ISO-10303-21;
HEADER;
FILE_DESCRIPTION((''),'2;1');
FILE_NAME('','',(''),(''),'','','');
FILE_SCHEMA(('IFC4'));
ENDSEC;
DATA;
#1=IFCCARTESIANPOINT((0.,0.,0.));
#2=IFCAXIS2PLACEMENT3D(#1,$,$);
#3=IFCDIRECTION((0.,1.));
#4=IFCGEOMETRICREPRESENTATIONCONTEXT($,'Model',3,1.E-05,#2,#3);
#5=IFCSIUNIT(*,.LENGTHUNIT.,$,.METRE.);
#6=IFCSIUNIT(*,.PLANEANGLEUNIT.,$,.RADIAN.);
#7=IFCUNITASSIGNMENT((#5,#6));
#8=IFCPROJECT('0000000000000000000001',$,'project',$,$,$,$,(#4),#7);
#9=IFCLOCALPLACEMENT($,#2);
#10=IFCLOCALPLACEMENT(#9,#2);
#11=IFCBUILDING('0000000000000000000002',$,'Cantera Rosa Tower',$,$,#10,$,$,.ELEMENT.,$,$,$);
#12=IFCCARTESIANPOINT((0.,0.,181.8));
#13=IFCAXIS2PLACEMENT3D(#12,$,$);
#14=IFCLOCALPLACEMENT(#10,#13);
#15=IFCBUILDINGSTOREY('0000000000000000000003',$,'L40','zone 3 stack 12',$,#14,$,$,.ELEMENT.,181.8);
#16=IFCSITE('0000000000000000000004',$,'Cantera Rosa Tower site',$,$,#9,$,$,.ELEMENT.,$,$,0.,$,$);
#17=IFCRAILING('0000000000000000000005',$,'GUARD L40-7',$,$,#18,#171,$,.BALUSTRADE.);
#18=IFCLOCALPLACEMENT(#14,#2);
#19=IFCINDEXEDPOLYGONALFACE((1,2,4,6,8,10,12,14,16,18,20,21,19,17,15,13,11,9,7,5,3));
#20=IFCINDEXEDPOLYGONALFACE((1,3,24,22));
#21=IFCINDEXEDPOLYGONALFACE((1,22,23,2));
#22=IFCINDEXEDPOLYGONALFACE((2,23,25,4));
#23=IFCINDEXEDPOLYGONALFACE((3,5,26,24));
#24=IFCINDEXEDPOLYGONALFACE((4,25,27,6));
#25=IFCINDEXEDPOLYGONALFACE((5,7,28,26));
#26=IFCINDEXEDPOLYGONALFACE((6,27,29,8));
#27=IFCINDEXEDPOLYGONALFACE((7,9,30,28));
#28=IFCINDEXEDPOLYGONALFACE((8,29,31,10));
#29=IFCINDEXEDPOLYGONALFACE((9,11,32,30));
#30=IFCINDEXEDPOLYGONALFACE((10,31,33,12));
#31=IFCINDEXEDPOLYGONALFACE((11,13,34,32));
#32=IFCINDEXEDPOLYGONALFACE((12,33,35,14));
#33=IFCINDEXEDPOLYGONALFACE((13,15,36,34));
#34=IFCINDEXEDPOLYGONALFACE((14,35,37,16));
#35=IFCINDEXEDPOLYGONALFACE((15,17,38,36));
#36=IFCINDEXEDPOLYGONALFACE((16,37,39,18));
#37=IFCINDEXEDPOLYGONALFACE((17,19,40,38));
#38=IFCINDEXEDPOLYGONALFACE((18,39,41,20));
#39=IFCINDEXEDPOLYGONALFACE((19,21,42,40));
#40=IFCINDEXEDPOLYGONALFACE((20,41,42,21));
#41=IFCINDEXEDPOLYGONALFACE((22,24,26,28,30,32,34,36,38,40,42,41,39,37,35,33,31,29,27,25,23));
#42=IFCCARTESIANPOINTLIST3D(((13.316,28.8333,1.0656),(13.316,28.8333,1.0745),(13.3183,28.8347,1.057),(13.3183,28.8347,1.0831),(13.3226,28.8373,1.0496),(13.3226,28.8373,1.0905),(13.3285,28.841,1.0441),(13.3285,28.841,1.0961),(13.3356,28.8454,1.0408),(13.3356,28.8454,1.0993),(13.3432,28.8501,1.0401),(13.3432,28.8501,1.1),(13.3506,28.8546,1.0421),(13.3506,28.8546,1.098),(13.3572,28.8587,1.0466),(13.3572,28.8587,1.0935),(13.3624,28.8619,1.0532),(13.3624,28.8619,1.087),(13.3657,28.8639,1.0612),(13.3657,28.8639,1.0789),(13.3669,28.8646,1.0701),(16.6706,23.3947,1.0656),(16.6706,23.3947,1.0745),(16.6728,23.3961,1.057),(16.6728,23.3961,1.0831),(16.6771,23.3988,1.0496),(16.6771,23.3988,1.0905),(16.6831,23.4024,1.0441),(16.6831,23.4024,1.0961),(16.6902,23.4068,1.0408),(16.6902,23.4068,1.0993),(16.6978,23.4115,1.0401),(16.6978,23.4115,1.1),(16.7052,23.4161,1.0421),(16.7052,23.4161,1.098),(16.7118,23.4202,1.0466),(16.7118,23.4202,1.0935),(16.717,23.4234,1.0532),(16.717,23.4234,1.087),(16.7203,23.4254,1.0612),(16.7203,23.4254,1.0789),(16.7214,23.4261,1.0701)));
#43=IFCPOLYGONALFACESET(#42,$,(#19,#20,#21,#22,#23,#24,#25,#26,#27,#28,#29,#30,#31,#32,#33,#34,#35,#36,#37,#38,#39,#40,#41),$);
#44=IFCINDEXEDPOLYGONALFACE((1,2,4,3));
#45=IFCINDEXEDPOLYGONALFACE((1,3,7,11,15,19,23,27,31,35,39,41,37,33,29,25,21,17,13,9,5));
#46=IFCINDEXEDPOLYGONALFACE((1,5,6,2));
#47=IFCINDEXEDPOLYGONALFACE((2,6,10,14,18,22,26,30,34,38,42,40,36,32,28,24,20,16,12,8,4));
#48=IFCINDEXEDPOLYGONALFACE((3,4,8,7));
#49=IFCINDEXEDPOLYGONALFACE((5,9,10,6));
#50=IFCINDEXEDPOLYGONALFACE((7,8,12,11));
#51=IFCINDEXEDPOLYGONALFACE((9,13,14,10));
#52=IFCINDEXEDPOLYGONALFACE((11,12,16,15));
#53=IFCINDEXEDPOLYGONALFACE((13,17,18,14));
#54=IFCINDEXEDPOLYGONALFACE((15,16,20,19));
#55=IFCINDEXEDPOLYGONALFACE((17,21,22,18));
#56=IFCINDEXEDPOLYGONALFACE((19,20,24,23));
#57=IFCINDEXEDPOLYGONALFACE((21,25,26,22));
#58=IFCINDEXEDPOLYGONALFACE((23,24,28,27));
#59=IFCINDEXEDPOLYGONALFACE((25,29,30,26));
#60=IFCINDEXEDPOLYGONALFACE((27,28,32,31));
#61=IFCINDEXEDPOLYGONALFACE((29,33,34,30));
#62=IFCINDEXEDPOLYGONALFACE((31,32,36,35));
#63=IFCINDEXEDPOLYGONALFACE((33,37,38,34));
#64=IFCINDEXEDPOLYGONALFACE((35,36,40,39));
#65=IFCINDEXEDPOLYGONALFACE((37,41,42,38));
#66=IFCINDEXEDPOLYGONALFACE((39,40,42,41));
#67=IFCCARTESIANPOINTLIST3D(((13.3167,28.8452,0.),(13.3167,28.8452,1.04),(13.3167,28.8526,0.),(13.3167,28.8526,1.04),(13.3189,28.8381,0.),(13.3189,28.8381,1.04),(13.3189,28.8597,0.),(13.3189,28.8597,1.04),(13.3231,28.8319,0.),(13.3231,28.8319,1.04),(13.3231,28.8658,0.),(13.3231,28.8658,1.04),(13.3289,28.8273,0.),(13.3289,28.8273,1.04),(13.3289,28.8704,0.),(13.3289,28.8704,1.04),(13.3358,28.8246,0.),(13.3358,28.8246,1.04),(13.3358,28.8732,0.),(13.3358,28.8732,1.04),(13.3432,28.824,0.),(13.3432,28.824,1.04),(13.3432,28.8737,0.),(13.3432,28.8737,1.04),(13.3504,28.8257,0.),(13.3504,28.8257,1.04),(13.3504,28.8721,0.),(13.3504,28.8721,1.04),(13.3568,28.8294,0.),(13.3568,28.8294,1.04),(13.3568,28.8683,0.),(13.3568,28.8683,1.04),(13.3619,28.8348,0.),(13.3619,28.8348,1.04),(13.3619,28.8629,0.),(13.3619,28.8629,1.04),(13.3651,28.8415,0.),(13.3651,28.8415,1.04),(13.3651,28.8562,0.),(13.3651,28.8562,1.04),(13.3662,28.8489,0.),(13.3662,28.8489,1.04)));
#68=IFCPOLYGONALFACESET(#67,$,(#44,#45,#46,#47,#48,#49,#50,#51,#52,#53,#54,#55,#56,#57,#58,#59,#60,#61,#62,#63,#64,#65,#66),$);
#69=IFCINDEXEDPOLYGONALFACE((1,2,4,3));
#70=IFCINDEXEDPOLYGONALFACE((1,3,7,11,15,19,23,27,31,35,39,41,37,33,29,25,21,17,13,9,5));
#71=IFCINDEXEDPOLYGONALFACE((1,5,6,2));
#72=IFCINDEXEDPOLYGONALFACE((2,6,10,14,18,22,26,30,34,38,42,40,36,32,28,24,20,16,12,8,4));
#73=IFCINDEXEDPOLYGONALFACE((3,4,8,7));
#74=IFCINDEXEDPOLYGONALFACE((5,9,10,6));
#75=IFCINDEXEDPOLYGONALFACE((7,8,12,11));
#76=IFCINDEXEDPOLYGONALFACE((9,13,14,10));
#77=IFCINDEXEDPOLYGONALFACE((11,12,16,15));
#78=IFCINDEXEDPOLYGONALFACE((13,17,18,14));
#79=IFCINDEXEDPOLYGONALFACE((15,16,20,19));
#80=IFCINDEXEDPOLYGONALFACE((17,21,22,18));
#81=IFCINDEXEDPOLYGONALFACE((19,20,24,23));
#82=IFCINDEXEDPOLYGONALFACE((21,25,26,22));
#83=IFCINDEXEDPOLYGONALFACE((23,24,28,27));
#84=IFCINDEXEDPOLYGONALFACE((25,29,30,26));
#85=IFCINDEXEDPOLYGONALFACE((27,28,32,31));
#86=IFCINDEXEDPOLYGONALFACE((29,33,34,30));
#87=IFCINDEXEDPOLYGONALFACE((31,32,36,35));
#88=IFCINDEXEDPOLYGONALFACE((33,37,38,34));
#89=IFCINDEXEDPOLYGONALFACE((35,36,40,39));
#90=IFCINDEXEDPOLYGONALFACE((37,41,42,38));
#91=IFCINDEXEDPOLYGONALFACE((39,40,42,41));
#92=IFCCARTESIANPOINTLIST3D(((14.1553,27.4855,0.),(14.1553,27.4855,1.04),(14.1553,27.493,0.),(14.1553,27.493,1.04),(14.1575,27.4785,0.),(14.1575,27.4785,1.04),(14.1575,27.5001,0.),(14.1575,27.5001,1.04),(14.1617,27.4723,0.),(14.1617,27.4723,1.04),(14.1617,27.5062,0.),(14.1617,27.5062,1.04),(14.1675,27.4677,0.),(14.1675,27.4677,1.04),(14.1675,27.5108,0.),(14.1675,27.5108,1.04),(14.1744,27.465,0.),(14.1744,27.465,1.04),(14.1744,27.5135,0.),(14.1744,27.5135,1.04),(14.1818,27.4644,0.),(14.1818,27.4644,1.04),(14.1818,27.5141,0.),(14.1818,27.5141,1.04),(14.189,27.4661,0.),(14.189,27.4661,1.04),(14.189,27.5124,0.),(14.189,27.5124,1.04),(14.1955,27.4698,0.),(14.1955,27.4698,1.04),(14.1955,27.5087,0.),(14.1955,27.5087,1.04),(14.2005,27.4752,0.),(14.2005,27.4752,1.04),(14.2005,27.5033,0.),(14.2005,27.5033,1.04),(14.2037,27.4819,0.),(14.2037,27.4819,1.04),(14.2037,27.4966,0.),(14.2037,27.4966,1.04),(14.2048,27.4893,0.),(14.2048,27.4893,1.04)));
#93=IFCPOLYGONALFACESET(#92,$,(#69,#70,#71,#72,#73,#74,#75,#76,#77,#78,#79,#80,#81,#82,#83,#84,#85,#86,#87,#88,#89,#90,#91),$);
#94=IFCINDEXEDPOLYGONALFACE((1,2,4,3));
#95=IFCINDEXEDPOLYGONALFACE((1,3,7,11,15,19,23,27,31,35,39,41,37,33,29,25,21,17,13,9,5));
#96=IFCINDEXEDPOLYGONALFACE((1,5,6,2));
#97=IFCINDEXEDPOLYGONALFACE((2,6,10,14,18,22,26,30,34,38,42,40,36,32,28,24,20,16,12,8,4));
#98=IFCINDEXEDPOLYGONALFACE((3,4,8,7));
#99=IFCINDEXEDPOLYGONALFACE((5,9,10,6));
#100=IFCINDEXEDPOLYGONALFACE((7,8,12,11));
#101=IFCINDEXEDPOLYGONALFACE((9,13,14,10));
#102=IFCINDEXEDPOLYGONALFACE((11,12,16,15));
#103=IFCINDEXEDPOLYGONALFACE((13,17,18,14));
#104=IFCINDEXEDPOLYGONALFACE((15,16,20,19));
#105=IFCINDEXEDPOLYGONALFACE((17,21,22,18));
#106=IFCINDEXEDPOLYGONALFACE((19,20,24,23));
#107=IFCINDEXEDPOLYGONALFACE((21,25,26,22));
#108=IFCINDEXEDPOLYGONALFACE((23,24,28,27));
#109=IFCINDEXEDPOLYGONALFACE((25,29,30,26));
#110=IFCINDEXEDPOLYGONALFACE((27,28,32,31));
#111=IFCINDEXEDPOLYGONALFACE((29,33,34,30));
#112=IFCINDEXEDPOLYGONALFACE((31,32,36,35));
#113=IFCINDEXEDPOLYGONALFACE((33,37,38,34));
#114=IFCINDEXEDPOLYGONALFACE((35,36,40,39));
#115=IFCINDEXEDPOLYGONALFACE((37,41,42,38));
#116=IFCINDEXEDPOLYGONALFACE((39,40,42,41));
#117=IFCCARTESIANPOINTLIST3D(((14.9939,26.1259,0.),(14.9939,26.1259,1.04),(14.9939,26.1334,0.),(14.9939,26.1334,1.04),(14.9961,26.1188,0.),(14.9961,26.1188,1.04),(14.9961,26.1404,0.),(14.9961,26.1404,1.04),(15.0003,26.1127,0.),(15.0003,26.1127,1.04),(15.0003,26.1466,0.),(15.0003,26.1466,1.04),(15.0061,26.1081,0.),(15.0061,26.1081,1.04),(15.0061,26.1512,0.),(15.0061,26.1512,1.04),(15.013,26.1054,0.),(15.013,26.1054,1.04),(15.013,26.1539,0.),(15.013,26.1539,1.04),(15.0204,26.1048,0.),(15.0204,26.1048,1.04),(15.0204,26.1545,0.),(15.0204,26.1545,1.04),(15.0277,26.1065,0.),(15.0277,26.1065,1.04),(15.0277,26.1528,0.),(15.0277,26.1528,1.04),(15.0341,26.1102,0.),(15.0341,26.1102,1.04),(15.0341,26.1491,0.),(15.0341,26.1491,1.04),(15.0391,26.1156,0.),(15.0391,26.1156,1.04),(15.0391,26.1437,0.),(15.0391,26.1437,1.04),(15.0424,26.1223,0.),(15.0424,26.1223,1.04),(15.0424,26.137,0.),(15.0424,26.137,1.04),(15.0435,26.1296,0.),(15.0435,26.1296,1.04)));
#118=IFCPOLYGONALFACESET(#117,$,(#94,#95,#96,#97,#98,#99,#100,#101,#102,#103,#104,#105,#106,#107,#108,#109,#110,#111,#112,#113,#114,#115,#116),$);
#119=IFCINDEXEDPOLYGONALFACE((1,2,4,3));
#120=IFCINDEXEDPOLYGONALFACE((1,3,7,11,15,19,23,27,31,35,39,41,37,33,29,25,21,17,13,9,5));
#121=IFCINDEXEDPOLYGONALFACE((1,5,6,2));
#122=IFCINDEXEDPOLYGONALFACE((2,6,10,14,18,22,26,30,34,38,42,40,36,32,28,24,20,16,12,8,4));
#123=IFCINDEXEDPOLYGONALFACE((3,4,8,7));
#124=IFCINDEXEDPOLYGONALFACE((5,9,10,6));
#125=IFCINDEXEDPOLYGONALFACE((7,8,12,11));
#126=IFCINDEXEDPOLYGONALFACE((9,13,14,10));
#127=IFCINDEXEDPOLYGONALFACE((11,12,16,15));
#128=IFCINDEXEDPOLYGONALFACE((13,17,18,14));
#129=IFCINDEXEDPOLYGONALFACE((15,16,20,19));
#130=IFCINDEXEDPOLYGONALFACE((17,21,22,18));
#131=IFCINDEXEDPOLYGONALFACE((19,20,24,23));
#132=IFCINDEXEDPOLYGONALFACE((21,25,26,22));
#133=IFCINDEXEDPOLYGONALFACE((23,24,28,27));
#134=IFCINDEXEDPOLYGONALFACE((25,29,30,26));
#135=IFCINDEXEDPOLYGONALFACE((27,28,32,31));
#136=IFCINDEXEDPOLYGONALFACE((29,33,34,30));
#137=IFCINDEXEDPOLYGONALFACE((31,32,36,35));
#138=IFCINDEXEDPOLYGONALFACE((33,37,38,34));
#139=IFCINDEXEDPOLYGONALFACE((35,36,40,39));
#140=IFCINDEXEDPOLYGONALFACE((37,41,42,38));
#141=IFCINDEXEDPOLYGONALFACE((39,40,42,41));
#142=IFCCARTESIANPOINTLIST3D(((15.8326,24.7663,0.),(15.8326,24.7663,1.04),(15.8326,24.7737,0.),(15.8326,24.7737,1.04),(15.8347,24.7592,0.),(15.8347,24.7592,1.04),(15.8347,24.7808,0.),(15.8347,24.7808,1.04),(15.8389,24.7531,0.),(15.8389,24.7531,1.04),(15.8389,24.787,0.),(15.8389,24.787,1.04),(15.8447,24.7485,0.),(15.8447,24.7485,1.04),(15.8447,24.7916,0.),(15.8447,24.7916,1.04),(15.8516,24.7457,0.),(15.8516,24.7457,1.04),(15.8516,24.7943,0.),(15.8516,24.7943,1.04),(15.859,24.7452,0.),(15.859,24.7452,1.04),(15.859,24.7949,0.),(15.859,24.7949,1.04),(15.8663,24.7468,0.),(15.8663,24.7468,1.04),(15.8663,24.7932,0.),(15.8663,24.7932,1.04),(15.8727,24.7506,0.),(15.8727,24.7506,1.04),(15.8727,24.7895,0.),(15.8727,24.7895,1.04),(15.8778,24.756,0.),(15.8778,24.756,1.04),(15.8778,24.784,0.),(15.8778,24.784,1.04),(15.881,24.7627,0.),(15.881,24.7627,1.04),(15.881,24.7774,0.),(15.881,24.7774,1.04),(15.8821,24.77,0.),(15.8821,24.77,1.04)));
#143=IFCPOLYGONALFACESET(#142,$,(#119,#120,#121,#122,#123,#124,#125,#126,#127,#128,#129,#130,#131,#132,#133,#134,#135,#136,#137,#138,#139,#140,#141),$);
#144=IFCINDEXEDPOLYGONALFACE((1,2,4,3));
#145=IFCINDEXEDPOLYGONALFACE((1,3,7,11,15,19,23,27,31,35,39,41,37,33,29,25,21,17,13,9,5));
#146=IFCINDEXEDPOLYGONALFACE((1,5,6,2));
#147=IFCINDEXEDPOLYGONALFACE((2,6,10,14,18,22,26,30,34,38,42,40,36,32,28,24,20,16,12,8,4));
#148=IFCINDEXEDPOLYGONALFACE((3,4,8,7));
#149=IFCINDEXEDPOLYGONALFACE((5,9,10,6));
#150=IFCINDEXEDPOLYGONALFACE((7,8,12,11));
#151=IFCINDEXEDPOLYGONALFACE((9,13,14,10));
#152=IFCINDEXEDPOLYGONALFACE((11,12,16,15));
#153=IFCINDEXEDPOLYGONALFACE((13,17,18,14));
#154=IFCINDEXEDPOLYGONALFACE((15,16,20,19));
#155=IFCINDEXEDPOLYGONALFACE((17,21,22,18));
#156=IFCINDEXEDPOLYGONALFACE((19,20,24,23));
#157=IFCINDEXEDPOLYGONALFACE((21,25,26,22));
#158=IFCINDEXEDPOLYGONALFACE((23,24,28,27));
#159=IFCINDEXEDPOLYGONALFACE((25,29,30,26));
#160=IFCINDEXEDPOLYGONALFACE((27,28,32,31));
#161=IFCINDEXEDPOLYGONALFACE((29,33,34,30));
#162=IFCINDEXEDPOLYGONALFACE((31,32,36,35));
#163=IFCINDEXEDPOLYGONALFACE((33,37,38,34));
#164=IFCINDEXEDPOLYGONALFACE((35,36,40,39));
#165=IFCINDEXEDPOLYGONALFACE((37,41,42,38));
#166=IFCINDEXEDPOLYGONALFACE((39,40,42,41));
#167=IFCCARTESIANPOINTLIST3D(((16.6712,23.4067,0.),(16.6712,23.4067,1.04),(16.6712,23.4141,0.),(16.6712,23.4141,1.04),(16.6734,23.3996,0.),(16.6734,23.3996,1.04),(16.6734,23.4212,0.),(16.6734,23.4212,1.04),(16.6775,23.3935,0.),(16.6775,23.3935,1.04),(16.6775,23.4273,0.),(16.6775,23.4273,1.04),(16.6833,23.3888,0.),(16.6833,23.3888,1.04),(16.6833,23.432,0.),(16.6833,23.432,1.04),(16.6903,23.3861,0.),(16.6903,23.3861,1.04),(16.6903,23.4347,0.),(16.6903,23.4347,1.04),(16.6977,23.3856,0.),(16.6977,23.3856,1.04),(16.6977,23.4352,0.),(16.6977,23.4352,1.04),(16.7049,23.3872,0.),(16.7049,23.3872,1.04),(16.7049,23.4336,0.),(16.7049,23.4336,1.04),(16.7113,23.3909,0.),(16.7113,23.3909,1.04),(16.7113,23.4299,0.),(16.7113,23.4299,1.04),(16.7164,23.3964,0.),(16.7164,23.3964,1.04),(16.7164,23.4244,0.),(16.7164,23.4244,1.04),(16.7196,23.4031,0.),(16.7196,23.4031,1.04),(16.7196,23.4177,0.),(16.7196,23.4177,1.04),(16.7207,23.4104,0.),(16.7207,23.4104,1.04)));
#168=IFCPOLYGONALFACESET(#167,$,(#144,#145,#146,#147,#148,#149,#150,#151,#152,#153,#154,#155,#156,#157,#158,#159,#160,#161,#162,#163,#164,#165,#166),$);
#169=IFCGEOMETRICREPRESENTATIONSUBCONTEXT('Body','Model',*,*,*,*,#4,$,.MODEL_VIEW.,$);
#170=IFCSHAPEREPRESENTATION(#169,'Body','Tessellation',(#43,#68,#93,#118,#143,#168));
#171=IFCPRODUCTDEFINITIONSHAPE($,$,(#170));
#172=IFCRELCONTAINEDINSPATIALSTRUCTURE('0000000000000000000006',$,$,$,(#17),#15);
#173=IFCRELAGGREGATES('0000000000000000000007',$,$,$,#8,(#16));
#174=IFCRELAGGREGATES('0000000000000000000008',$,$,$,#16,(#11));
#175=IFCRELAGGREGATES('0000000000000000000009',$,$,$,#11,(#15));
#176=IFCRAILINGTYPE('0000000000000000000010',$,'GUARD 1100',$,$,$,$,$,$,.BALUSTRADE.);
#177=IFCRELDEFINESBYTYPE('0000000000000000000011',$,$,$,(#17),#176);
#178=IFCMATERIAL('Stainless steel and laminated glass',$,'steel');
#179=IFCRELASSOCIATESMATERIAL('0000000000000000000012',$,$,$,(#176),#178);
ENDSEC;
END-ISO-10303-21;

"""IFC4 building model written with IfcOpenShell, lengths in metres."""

from ifc_helpers import new_model, si_unit, direction, frame, origin, origin_2d, place, context, subcontext, project, spatial, circle, extrude, material, type_object, element, save


model = new_model("IFC4")

# Units and contexts
model_context = context("Model", 3, precision=1e-05, world=origin(), true_north=direction((0.0, 1.0)))
body_context = subcontext(model_context, "Body", "Model", "MODEL_VIEW")
ifc_project = project(units=[si_unit("LENGTHUNIT", "METRE"), si_unit("PLANEANGLEUNIT", "RADIAN")], contexts=[model_context])

# Site, building, storey
site_placement = place(None, origin())
site = spatial("IfcSite", under=ifc_project, at=site_placement, Name="Cantera Rosa Tower site", CompositionType="ELEMENT", RefElevation=0.0)
building_placement = place(site_placement, origin())
building = spatial("IfcBuilding", under=site, at=building_placement, Name="Cantera Rosa Tower", CompositionType="ELEMENT")
storey_placement = place(building_placement, frame((0.0, 0.0, 181.8)))
storey = spatial("IfcBuildingStorey", under=building, at=storey_placement, Name="L40", Description="zone 3 stack 12", CompositionType="ELEMENT", Elevation=181.8)

# Railing
ifc_material_1 = material(Name="Stainless steel and laminated glass", Category="steel")
railing_type = type_object("IfcRailingType", Name="GUARD 1100", PredefinedType="BALUSTRADE", material=ifc_material_1)
railing_1_placement = place(storey_placement, frame((13.3413, 28.8489, 0.0)))
element("IfcRailing", 1, at=railing_1_placement, inside=storey, type_object=railing_type, Name="GUARD L40-7", PredefinedType="BALUSTRADE", context=body_context, shape_type="SweptSolid", body=[
    extrude(circle(Radius=0.03, at=origin_2d()), frame((0.0, 0.0, 1.0701), z_axis=(0.524975, -0.851117, 0.0), x_axis=(0.851117, 0.524975, 0.0)), (0.0, 0.0, 1.0), 6.3899),
    extrude(circle(Radius=0.0249, at=origin_2d()), origin(), (0.0, 0.0, 1.0), 1.04),
    extrude(circle(Radius=0.0249, at=origin_2d()), frame((0.8386, -1.3596, 0.0)), (0.0, 0.0, 1.0), 1.04),
    extrude(circle(Radius=0.0249, at=origin_2d()), frame((1.6772, -2.7192, 0.0)), (0.0, 0.0, 1.0), 1.04),
    extrude(circle(Radius=0.0249, at=origin_2d()), frame((2.5159, -4.0789, 0.0)), (0.0, 0.0, 1.0), 1.04),
    extrude(circle(Radius=0.0249, at=origin_2d()), frame((3.3545, -5.4385, 0.0)), (0.0, 0.0, 1.0), 1.04),
])

save(model, "model.ifc")
